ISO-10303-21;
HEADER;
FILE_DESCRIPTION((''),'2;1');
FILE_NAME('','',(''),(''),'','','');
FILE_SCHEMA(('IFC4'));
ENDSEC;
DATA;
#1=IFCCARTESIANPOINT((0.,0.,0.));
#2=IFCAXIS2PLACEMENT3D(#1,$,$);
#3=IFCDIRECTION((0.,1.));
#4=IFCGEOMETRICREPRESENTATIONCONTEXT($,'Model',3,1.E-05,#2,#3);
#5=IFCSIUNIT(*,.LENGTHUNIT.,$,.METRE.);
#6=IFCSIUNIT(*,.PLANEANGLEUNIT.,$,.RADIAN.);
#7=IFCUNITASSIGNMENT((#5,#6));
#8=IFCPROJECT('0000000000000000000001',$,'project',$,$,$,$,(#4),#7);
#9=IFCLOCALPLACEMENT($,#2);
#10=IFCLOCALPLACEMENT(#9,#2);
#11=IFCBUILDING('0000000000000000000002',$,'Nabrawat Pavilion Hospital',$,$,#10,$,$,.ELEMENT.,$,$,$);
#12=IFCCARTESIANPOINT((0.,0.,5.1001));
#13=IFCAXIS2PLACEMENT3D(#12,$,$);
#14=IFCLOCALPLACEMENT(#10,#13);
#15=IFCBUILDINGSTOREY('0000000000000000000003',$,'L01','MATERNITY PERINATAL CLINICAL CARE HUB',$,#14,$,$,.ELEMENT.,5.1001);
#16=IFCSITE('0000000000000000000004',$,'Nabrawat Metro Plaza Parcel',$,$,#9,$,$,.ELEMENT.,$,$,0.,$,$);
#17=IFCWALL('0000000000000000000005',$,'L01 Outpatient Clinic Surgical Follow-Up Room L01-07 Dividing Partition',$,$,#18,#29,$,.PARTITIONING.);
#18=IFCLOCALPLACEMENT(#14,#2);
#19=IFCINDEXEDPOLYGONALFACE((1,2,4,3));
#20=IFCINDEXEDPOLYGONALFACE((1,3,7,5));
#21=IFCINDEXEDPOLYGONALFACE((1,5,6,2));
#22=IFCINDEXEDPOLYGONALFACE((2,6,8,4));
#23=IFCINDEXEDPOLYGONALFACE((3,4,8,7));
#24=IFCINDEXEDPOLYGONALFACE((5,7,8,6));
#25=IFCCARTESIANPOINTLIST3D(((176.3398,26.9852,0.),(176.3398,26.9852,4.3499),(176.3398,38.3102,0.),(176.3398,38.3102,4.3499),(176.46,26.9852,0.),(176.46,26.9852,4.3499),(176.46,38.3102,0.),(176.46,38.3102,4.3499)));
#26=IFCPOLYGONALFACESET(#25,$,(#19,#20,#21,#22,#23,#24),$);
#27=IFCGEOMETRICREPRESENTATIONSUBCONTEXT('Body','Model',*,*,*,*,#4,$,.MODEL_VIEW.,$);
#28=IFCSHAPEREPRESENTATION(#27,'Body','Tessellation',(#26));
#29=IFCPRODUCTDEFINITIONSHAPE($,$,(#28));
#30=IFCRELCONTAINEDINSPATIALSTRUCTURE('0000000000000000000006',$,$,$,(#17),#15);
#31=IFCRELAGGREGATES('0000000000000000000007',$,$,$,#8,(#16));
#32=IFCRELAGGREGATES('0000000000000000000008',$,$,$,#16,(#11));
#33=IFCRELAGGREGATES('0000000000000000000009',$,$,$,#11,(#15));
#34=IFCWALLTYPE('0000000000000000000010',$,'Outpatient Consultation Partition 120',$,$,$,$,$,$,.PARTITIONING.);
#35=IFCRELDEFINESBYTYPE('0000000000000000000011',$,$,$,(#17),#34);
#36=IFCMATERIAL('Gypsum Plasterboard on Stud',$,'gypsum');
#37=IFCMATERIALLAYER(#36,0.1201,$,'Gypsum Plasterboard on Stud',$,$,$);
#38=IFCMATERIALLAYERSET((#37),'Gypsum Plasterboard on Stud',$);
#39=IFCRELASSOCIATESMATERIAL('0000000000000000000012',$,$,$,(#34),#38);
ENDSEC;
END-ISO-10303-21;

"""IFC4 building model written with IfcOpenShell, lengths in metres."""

from ifc_helpers import new_model, si_unit, direction, frame, frame_2d, origin, place, context, subcontext, project, spatial, rectangle, extrude, material, layer, layer_set, type_object, element, save


model = new_model("IFC4")

# Units and contexts
model_context = context("Model", 3, precision=1e-05, world=origin(), true_north=direction((0.0, 1.0)))
body_context = subcontext(model_context, "Body", "Model", "MODEL_VIEW")
ifc_project = project(units=[si_unit("LENGTHUNIT", "METRE"), si_unit("PLANEANGLEUNIT", "RADIAN")], contexts=[model_context])

# Site, building, storey
site_placement = place(None, origin())
site = spatial("IfcSite", under=ifc_project, at=site_placement, Name="Nabrawat Metro Plaza Parcel", CompositionType="ELEMENT", RefElevation=0.0)
building_placement = place(site_placement, origin())
building = spatial("IfcBuilding", under=site, at=building_placement, Name="Nabrawat Pavilion Hospital", CompositionType="ELEMENT")
storey_placement = place(building_placement, frame((0.0, 0.0, 5.1001)))
storey = spatial("IfcBuildingStorey", under=building, at=storey_placement, Name="L01", Description="MATERNITY PERINATAL CLINICAL CARE HUB", CompositionType="ELEMENT", Elevation=5.1001)

# Wall
ifc_material_1 = material(Name="Gypsum Plasterboard on Stud", Category="gypsum")
ifc_layer_1 = layer(ifc_material_1, 0.1201, Name="Gypsum Plasterboard on Stud")
ifc_layer_set_1 = layer_set([ifc_layer_1], Name="Gypsum Plasterboard on Stud")
wall_type_1 = type_object("IfcWallType", Name="Outpatient Consultation Partition 120", PredefinedType="PARTITIONING", material=ifc_layer_set_1)
wall_1_placement = place(storey_placement, frame((176.3999, 26.9851, 0.0), z_axis=(0.0, 0.0, 1.0), x_axis=(0.0, 1.0, 0.0)))
element("IfcWall", 1, at=wall_1_placement, inside=storey, type_object=wall_type_1, Name="L01 Outpatient Clinic Surgical Follow-Up Room L01-07 Dividing Partition", PredefinedType="PARTITIONING", context=body_context, shape_type="SweptSolid", body=[
    extrude(rectangle(XDim=11.325, YDim=0.1201, at=frame_2d((5.6626, 0.0))), origin(), (0.0, 0.0, 1.0), 4.3499),
])

save(model, "model.ifc")
